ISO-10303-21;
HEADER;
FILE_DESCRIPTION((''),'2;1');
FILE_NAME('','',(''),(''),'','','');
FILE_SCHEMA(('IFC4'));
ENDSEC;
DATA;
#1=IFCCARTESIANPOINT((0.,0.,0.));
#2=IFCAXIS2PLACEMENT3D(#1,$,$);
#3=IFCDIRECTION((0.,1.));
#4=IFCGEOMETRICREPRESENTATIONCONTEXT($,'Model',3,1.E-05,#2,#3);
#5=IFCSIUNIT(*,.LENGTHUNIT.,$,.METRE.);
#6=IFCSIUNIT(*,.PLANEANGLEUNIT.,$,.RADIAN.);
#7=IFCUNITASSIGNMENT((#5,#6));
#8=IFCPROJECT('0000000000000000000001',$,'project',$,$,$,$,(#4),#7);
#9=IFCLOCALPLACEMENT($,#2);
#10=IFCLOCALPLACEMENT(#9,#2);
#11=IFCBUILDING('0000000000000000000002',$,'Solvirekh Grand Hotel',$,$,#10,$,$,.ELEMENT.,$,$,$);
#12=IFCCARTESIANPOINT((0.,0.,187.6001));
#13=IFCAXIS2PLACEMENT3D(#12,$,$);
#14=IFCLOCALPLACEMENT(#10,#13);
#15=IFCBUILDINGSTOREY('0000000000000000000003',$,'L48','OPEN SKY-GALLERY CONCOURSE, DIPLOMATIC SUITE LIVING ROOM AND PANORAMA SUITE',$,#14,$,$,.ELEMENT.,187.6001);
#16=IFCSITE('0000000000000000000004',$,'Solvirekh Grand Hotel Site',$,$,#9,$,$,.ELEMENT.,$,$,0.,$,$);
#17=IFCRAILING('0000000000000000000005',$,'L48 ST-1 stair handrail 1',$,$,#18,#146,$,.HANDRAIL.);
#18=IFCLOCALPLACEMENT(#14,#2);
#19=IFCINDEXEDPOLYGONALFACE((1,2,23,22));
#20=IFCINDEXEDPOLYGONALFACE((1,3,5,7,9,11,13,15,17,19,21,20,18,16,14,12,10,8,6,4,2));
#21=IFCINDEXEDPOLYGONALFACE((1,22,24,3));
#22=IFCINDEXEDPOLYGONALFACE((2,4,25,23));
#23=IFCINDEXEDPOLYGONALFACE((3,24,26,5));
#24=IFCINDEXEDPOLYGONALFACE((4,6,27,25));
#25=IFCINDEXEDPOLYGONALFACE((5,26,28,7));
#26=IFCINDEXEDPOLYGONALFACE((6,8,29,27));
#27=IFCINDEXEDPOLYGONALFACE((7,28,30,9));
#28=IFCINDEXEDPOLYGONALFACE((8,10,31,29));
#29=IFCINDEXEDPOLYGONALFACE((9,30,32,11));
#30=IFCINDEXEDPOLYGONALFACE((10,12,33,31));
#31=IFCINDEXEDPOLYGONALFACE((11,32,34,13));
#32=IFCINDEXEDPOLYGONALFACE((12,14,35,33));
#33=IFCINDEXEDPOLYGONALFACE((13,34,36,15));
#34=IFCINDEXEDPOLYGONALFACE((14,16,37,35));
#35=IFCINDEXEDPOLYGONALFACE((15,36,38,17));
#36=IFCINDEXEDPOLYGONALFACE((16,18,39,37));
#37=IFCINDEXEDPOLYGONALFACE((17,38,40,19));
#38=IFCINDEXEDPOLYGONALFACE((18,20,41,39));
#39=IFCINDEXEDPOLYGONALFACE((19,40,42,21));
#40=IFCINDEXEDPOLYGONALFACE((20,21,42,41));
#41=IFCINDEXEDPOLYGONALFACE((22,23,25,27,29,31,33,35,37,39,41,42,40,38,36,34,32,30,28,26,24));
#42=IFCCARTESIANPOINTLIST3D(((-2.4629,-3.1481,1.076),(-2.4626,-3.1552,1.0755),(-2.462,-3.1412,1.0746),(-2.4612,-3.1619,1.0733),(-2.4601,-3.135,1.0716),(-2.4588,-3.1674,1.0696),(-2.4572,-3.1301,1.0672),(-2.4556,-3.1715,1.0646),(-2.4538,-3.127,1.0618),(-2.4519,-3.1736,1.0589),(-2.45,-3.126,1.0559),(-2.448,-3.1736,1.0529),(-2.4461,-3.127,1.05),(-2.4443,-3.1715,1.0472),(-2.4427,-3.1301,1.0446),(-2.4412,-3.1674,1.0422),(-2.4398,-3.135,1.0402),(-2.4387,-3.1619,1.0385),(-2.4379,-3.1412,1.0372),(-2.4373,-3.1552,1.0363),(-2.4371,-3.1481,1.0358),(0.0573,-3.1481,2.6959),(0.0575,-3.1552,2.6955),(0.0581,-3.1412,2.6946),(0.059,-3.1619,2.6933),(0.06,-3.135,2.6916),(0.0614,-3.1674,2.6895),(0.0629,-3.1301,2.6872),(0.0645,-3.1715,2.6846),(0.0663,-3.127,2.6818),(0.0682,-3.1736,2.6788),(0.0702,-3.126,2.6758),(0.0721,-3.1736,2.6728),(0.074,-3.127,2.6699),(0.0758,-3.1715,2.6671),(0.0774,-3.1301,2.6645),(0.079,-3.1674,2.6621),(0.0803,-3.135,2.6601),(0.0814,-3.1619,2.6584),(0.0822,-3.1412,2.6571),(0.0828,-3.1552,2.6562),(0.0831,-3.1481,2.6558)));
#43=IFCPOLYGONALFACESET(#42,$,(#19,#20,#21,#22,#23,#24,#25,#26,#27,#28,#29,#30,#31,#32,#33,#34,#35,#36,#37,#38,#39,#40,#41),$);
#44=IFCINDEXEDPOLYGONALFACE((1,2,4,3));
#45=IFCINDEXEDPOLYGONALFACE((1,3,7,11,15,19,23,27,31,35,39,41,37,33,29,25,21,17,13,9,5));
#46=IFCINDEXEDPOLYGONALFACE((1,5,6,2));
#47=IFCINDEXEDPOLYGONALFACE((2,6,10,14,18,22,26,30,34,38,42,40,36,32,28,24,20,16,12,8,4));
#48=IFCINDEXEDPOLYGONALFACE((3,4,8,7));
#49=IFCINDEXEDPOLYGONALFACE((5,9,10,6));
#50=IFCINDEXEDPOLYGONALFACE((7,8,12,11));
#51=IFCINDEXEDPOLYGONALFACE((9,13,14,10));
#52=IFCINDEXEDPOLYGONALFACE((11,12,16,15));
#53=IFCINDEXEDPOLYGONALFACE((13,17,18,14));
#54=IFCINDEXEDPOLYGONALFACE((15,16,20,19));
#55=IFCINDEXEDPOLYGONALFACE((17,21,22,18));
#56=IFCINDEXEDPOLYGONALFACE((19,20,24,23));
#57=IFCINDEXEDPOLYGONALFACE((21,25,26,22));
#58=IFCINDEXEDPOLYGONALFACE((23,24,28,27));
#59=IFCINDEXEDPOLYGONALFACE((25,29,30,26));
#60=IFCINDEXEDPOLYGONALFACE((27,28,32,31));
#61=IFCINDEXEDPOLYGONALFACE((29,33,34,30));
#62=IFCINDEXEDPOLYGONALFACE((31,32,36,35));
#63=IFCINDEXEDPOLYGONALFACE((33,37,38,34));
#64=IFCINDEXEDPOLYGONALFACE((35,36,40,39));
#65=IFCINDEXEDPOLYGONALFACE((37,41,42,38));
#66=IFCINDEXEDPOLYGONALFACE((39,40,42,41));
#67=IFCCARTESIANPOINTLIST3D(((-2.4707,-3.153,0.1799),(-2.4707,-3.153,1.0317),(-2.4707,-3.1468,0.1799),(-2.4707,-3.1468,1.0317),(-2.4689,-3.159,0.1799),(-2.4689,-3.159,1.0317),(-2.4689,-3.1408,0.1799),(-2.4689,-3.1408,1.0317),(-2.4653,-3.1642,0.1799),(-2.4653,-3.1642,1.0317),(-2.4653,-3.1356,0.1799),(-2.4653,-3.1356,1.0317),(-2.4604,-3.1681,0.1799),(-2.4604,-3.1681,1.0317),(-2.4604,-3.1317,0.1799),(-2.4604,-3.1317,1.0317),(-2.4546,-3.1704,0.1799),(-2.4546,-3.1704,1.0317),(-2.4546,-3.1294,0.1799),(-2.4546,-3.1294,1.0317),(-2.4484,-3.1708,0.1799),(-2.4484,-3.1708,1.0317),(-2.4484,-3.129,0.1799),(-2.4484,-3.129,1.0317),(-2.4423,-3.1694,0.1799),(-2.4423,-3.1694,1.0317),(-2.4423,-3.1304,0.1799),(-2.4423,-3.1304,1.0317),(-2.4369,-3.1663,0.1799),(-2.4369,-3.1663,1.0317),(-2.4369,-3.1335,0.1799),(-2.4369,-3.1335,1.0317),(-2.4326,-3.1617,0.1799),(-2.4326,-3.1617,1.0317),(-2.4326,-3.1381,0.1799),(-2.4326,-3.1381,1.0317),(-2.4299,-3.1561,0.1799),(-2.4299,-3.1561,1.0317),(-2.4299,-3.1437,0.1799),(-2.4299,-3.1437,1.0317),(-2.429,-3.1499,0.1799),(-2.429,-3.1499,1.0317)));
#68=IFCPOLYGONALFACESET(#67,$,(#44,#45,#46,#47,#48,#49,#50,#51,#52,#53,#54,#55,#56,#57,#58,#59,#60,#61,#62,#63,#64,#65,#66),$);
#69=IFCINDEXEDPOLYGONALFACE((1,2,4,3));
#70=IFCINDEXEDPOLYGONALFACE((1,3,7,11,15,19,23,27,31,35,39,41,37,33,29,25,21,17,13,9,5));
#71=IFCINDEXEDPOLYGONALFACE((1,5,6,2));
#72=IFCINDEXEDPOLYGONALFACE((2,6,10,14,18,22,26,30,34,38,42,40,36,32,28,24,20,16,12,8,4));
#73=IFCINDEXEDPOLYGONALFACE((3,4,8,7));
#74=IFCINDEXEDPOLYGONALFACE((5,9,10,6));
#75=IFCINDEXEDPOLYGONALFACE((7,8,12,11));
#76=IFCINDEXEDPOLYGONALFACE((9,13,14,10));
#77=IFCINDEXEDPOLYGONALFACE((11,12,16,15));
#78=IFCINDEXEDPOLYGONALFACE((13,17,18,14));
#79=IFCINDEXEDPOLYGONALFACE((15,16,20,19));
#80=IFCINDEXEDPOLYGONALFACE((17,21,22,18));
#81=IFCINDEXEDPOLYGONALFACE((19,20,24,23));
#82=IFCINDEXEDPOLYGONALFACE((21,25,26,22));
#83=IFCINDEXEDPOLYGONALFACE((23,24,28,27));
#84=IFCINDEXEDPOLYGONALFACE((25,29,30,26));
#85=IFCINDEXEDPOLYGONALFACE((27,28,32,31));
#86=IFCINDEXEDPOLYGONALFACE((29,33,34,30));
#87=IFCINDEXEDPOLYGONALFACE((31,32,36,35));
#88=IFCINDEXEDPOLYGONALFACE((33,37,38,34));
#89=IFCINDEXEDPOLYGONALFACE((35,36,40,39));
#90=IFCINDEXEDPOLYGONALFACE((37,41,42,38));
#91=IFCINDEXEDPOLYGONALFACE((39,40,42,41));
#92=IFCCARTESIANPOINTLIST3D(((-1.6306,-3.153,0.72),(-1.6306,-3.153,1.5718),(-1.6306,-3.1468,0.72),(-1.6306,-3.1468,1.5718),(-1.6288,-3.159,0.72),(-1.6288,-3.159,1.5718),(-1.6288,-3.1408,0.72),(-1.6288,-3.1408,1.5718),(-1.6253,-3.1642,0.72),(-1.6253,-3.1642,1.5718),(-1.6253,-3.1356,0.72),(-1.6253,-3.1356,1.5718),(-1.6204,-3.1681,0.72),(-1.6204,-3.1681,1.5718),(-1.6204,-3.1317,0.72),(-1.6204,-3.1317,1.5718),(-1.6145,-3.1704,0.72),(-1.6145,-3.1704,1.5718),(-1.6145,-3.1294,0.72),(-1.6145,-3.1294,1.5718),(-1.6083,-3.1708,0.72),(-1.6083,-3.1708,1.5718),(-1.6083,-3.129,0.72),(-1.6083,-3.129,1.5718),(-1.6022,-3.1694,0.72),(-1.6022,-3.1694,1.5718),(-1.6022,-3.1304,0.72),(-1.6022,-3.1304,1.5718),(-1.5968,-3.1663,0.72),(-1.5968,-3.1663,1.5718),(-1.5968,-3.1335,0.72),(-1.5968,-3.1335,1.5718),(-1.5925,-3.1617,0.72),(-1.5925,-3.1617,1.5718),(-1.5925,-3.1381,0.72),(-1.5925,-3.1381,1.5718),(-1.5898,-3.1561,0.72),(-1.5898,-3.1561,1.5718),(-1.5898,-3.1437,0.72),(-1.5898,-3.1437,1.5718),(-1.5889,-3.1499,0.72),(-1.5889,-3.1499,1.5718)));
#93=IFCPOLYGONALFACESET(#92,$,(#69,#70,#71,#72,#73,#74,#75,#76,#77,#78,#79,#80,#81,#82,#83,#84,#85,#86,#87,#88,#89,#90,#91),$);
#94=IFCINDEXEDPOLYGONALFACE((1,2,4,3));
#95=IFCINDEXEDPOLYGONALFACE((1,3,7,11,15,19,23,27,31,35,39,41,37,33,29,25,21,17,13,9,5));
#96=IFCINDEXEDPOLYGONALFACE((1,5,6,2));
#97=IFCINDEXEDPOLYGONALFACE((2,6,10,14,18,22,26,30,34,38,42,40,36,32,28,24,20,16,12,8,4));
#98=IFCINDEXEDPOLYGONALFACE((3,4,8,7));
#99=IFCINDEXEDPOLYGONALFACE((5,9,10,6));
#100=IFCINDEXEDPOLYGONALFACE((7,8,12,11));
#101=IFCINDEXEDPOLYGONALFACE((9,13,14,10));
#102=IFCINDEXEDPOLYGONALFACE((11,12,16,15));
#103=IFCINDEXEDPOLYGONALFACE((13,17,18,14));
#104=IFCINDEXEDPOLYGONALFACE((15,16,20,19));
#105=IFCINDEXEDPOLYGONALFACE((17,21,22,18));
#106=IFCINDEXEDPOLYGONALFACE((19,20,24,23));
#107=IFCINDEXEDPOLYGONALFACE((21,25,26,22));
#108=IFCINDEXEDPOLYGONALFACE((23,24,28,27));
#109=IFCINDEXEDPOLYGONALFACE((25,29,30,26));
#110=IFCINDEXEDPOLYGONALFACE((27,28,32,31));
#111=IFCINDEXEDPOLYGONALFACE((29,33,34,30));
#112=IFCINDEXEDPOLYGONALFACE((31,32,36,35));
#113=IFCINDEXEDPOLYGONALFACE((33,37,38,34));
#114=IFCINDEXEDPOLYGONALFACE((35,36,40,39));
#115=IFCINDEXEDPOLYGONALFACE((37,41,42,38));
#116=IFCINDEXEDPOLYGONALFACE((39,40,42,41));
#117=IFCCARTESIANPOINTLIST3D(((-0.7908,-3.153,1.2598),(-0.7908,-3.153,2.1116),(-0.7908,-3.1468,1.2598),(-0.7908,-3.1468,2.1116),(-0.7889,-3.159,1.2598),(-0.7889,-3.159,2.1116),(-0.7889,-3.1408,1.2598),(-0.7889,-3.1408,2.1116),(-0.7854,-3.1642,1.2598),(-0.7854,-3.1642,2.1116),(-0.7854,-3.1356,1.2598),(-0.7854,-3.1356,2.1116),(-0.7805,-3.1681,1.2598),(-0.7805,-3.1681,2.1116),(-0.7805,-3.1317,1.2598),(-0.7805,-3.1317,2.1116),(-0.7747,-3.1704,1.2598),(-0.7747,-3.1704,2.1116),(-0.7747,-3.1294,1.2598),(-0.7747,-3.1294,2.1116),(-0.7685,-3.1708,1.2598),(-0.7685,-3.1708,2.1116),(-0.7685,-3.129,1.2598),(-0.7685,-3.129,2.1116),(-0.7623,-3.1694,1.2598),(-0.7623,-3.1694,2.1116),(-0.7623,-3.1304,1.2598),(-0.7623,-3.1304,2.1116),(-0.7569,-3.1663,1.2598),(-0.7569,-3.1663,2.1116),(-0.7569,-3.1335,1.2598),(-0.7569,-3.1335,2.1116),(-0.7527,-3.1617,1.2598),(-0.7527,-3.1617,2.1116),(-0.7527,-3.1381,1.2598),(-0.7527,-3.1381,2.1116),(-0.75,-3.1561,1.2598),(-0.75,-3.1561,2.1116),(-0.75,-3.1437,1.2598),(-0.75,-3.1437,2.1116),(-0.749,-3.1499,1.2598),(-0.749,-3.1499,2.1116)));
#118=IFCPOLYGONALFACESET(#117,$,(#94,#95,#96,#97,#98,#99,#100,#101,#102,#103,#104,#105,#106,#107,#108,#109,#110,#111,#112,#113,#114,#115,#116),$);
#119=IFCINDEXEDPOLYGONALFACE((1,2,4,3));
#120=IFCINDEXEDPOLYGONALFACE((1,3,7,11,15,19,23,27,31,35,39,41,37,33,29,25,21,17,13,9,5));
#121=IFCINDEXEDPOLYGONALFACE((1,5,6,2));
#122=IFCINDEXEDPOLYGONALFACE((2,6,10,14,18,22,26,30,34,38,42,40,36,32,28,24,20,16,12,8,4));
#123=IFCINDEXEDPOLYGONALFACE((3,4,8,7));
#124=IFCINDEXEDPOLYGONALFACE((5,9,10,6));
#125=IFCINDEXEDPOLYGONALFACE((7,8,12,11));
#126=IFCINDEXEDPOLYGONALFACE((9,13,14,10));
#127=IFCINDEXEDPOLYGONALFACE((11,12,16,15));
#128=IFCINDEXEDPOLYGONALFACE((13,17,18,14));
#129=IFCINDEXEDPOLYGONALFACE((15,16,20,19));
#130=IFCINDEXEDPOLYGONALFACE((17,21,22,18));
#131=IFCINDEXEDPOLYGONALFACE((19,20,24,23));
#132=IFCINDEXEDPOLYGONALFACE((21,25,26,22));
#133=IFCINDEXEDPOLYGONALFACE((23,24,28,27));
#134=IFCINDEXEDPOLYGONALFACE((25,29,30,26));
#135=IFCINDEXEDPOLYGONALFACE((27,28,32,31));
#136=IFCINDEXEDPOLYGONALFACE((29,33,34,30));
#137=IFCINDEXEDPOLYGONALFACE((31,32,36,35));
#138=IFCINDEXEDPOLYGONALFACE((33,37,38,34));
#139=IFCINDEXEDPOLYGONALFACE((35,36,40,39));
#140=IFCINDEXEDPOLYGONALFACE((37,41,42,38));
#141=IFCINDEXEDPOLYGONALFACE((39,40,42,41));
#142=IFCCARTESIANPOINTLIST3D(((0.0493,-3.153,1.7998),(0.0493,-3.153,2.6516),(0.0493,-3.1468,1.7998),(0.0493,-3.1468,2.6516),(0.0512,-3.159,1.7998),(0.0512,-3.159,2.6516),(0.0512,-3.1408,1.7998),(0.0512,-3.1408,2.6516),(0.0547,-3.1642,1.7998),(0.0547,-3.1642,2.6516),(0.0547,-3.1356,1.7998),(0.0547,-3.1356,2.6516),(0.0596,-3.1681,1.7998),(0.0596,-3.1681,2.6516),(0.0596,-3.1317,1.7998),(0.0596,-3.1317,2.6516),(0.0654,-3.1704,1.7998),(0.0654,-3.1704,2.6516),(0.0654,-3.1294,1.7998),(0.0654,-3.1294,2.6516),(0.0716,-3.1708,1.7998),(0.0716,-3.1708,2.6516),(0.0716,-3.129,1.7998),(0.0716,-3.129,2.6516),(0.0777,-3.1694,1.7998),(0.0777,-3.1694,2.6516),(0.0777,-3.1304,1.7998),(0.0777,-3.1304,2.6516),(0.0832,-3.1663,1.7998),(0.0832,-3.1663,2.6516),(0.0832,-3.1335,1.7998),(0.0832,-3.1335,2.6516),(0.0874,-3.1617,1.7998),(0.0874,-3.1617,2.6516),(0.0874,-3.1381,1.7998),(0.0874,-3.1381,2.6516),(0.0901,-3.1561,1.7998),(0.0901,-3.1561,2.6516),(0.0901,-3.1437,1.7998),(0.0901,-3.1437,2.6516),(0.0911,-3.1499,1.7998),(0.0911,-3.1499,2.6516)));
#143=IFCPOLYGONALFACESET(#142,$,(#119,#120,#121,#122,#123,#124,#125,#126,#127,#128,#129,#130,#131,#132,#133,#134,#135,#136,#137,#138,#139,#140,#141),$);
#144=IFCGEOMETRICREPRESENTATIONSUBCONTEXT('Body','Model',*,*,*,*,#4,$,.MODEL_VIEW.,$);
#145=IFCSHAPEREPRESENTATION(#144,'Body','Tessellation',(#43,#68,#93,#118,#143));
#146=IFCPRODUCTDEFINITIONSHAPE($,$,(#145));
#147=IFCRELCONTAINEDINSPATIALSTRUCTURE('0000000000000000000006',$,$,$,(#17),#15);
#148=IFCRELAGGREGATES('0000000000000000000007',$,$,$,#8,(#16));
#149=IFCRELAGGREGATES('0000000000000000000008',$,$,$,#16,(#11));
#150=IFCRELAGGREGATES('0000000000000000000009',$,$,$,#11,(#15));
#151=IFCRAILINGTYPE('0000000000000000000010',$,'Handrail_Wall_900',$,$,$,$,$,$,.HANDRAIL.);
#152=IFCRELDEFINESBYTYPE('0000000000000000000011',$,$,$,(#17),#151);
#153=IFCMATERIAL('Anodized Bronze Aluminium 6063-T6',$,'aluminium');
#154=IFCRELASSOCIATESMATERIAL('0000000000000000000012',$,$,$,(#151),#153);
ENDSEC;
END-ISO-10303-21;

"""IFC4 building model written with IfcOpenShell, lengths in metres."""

from ifc_helpers import new_model, si_unit, direction, frame, origin, origin_2d, place, context, subcontext, project, spatial, circle, extrude, material, type_object, element, save


model = new_model("IFC4")

# Units and contexts
model_context = context("Model", 3, precision=1e-05, world=origin(), true_north=direction((0.0, 1.0)))
body_context = subcontext(model_context, "Body", "Model", "MODEL_VIEW")
ifc_project = project(units=[si_unit("LENGTHUNIT", "METRE"), si_unit("PLANEANGLEUNIT", "RADIAN")], contexts=[model_context])

# Site, building, storey
site_placement = place(None, origin())
site = spatial("IfcSite", under=ifc_project, at=site_placement, Name="Solvirekh Grand Hotel Site", CompositionType="ELEMENT", RefElevation=0.0)
building_placement = place(site_placement, origin())
building = spatial("IfcBuilding", under=site, at=building_placement, Name="Solvirekh Grand Hotel", CompositionType="ELEMENT")
storey_placement = place(building_placement, frame((0.0, 0.0, 187.6001)))
storey = spatial("IfcBuildingStorey", under=building, at=storey_placement, Name="L48", Description="OPEN SKY-GALLERY CONCOURSE, DIPLOMATIC SUITE LIVING ROOM AND PANORAMA SUITE", CompositionType="ELEMENT", Elevation=187.6001)

# Railing
ifc_material_1 = material(Name="Anodized Bronze Aluminium 6063-T6", Category="aluminium")
railing_type_1 = type_object("IfcRailingType", Name="Handrail_Wall_900", PredefinedType="HANDRAIL", material=ifc_material_1)
railing_1_placement = place(storey_placement, frame((-2.45, -3.1499, 0.1799)))
element("IfcRailing", 1, at=railing_1_placement, inside=storey, type_object=railing_type_1, Name="L48 ST-1 stair handrail 1", PredefinedType="HANDRAIL", context=body_context, shape_type="SweptSolid", body=[
    extrude(circle(Radius=0.0239, at=origin_2d()), frame((0.0, 0.0, 0.876), z_axis=(0.8412, 0.0, 0.540725), x_axis=(0.0, 1.0, 0.0)), (0.0, 0.0, 1.0), 2.9958),
    extrude(circle(Radius=0.021, at=origin_2d()), origin(), (0.0, 0.0, 1.0), 0.8518),
    extrude(circle(Radius=0.021, at=origin_2d()), frame((0.8401, 0.0, 0.54)), (0.0, 0.0, 1.0), 0.8518),
    extrude(circle(Radius=0.021, at=origin_2d()), frame((1.6799, 0.0, 1.0798)), (0.0, 0.0, 1.0), 0.8518),
    extrude(circle(Radius=0.021, at=origin_2d()), frame((2.52, 0.0, 1.6199)), (0.0, 0.0, 1.0), 0.8518),
])

save(model, "model.ifc")
